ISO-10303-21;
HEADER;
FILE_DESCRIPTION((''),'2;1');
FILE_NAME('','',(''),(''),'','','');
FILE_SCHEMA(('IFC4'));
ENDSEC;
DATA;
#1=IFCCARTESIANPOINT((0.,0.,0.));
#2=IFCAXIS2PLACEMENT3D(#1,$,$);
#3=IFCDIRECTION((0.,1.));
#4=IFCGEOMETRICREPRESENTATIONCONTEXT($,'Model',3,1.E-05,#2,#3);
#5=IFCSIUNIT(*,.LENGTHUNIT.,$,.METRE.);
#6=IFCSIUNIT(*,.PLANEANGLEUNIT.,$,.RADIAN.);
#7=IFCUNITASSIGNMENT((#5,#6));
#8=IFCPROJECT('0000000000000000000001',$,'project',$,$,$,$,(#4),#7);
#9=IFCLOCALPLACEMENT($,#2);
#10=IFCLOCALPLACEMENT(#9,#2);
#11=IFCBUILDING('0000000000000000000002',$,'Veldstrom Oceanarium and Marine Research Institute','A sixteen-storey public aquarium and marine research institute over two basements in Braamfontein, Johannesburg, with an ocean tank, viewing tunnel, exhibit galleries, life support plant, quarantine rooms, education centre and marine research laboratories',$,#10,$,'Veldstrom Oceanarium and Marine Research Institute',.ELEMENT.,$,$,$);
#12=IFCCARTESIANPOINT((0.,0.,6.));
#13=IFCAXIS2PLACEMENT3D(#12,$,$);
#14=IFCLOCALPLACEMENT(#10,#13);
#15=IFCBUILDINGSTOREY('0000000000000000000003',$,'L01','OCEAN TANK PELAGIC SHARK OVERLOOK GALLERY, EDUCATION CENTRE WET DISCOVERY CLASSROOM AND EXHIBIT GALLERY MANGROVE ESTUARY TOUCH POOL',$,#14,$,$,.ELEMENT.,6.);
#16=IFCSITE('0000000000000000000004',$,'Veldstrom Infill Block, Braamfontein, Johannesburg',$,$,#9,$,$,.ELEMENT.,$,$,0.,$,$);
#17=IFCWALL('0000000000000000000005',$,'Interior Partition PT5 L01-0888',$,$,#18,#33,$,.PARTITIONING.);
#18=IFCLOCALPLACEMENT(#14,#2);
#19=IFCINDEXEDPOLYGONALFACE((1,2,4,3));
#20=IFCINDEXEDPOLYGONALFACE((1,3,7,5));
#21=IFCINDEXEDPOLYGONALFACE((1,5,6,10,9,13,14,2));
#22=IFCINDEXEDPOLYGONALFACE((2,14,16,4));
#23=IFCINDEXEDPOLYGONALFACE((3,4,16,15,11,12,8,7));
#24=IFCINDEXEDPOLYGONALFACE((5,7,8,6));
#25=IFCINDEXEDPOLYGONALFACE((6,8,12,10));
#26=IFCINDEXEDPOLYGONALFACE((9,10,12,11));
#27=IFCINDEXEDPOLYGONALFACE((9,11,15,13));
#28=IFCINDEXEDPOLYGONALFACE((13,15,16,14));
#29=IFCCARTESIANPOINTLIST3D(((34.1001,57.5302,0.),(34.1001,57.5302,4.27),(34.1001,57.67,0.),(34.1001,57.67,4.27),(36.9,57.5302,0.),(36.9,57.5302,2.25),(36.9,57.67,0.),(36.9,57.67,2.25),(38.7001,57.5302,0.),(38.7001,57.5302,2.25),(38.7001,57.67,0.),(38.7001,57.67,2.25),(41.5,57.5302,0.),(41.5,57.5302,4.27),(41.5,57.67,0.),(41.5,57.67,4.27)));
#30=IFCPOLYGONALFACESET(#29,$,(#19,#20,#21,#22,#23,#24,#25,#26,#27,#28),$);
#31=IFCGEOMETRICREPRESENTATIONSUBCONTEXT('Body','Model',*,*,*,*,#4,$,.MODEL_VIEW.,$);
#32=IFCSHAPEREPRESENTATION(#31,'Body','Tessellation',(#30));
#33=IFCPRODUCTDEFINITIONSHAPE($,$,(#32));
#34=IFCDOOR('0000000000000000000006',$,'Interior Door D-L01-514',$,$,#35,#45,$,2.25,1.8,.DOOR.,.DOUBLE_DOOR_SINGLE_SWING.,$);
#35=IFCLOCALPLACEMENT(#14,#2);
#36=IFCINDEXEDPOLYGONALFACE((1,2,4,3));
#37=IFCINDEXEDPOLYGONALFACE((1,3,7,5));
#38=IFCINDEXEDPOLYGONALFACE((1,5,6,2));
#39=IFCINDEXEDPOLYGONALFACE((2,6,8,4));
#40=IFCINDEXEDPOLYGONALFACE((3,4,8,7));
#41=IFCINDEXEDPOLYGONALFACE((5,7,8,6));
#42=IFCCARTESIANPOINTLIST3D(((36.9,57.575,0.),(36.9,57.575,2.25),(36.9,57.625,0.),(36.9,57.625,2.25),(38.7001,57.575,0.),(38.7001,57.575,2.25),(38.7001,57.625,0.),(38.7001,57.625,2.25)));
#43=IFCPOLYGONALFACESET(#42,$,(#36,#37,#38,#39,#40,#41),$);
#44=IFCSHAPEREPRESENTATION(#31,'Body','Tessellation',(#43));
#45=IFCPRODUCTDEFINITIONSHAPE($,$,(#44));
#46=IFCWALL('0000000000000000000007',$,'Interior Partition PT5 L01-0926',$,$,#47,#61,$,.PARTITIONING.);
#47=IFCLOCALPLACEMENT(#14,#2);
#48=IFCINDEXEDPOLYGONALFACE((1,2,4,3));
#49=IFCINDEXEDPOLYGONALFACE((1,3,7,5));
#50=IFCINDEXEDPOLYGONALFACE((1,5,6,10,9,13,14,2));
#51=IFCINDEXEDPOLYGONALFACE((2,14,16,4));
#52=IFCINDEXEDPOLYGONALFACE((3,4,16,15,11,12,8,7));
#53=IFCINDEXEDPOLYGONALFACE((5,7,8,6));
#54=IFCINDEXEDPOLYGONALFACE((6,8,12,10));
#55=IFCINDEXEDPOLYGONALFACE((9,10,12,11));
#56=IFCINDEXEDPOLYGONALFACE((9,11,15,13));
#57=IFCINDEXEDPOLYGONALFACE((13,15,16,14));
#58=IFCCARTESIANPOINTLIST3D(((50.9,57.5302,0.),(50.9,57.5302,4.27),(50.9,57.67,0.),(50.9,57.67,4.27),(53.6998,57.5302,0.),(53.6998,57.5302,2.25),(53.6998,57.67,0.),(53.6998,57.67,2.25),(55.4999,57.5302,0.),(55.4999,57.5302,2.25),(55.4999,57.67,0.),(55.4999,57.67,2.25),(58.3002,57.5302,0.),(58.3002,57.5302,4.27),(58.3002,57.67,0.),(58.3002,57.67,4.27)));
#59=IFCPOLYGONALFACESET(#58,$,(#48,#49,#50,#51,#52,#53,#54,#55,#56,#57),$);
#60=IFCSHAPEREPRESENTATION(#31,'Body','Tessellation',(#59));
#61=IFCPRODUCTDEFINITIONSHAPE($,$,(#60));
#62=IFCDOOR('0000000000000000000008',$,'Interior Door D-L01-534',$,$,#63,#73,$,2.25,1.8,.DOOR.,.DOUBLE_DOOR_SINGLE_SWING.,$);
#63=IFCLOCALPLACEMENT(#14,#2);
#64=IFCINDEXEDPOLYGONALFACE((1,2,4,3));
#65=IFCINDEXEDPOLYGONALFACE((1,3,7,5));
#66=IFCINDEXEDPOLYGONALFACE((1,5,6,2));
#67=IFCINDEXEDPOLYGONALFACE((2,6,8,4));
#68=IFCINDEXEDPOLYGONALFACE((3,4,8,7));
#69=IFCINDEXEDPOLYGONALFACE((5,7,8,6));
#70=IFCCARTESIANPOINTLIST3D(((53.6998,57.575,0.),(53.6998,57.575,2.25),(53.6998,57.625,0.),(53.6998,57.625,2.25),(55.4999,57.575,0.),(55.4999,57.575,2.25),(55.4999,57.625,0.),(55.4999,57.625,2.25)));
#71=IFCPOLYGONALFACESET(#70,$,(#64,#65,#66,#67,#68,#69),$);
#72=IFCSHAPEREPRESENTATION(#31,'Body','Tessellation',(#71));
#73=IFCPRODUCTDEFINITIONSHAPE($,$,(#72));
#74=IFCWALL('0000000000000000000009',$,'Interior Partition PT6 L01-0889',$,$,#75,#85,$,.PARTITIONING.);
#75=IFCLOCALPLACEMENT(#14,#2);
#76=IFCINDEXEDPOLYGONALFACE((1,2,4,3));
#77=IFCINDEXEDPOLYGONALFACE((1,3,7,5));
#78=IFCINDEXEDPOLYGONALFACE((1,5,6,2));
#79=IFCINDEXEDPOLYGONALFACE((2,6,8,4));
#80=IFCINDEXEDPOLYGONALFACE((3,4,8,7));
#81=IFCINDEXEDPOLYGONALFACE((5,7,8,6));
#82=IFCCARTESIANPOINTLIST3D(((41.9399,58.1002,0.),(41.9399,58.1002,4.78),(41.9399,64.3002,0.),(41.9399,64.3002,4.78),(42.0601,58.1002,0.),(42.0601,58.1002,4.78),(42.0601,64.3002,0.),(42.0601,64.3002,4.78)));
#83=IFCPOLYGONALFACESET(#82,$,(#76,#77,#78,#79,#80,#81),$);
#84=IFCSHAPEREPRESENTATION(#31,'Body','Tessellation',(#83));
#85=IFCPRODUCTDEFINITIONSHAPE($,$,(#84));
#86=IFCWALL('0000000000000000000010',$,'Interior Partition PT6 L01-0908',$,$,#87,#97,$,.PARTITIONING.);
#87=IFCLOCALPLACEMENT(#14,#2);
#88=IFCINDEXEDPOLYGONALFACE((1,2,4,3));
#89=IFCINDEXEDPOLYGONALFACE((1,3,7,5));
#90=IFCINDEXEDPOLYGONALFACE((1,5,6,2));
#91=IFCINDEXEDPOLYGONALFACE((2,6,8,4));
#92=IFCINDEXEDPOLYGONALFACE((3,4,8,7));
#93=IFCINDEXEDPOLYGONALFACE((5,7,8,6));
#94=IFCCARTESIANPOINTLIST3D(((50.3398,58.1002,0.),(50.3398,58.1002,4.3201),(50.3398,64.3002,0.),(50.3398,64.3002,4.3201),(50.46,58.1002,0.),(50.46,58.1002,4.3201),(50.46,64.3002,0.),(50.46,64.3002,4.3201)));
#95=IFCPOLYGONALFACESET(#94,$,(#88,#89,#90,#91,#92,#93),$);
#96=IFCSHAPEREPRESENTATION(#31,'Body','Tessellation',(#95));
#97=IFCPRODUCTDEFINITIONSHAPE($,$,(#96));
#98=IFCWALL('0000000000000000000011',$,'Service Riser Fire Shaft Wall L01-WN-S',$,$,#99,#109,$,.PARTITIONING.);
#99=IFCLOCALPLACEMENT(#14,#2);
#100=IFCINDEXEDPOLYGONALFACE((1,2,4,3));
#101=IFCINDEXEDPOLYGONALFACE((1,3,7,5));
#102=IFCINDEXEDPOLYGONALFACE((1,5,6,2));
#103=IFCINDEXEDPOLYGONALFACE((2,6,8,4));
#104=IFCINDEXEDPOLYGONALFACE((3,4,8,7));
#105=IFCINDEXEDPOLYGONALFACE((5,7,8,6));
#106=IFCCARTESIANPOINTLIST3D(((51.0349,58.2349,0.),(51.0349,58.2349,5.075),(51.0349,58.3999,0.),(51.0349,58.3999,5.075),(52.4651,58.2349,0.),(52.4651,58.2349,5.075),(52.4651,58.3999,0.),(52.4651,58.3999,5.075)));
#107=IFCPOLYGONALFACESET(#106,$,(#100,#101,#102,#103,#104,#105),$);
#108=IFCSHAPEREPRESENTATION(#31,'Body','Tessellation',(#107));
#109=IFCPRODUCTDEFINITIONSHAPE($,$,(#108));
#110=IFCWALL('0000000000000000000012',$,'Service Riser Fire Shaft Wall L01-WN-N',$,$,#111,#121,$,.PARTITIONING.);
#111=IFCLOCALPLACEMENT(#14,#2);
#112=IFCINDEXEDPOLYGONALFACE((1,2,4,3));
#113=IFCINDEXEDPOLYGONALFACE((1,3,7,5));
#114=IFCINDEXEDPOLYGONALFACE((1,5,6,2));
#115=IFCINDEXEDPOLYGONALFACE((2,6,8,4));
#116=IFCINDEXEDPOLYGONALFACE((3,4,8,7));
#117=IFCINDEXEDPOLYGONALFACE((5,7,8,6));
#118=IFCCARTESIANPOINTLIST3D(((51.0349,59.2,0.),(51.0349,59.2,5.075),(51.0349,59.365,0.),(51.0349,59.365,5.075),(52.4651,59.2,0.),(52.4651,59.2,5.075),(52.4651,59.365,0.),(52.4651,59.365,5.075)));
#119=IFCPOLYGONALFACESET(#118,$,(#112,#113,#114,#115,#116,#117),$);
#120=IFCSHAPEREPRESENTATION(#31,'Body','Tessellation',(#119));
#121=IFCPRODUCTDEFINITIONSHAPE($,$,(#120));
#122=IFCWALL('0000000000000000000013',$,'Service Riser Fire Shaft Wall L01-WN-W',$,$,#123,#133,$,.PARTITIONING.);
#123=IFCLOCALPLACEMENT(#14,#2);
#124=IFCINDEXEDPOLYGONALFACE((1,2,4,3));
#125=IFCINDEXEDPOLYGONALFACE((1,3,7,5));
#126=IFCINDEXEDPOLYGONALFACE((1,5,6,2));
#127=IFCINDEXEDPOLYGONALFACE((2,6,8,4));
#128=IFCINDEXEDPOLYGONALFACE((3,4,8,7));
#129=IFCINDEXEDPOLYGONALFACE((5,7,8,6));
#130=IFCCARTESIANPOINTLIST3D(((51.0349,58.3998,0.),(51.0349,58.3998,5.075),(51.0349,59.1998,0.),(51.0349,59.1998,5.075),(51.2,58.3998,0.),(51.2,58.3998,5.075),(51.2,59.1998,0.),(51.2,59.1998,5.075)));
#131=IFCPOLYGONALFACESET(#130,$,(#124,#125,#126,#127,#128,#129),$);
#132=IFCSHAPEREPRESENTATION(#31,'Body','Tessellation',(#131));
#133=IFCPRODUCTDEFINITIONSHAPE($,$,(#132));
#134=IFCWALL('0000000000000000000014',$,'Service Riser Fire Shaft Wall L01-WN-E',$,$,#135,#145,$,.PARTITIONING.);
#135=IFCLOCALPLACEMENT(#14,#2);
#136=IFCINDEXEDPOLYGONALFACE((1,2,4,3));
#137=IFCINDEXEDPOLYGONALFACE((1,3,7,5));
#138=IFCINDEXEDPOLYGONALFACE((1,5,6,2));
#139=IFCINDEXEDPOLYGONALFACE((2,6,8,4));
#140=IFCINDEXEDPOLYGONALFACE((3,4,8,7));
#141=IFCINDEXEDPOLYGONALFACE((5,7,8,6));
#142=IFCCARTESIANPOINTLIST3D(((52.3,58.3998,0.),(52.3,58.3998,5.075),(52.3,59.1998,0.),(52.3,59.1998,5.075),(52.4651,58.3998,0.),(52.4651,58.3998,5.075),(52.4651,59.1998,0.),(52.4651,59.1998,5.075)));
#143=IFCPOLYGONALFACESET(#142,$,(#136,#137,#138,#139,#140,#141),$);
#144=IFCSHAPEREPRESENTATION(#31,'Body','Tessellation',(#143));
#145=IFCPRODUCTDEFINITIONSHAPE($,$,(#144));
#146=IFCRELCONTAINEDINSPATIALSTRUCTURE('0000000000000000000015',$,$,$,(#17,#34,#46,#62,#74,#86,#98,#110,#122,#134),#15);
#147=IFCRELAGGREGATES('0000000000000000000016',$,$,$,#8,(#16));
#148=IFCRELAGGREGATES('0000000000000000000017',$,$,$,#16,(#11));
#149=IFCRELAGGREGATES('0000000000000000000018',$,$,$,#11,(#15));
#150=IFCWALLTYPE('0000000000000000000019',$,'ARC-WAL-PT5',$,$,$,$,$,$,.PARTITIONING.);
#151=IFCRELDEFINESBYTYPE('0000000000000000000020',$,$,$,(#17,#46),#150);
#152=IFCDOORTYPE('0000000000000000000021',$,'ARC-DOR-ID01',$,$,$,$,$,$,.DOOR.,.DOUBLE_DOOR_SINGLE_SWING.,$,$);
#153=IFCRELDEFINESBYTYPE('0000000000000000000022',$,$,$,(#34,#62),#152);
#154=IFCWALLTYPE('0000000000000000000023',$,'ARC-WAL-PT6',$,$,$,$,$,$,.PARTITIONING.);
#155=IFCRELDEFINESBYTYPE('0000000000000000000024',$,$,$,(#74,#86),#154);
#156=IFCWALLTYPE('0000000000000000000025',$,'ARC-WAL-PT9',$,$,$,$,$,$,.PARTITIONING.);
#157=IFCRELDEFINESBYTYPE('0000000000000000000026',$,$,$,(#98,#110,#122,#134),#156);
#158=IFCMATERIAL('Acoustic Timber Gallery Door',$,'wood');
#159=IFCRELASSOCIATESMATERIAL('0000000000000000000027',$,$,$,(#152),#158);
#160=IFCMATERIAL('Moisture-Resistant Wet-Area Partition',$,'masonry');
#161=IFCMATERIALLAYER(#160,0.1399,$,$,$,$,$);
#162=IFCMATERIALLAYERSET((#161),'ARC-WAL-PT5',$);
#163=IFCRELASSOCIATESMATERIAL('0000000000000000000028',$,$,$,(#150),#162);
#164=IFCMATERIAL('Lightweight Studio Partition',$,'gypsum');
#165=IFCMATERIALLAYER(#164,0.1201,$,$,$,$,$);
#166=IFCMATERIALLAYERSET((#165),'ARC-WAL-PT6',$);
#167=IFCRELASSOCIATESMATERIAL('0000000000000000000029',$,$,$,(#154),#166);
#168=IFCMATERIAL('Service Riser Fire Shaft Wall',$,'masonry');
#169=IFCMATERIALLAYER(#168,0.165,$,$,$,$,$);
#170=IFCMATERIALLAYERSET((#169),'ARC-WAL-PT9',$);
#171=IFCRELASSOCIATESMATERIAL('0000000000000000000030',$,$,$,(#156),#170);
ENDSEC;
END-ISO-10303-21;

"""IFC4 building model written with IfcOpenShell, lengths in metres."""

from ifc_helpers import new_model, si_unit, direction, frame, frame_2d, origin, place, context, subcontext, project, spatial, rectangle, extrude, material, layer, layer_set, type_object, element, fill, save


model = new_model("IFC4")

# Units and contexts
model_context = context("Model", 3, precision=1e-05, world=origin(), true_north=direction((0.0, 1.0)))
body_context = subcontext(model_context, "Body", "Model", "MODEL_VIEW")
ifc_project = project(units=[si_unit("LENGTHUNIT", "METRE"), si_unit("PLANEANGLEUNIT", "RADIAN")], contexts=[model_context])

# Site, building, storey
site_placement = place(None, origin())
site = spatial("IfcSite", under=ifc_project, at=site_placement, Name="Veldstrom Infill Block, Braamfontein, Johannesburg", CompositionType="ELEMENT", RefElevation=0.0)
building_placement = place(site_placement, origin())
building = spatial("IfcBuilding", under=site, at=building_placement, Name="Veldstrom Oceanarium and Marine Research Institute", Description="A sixteen-storey public aquarium and marine research institute over two basements in Braamfontein, Johannesburg, with an ocean tank, viewing tunnel, exhibit galleries, life support plant, quarantine rooms, education centre and marine research laboratories", LongName="Veldstrom Oceanarium and Marine Research Institute", CompositionType="ELEMENT")
storey_placement = place(building_placement, frame((0.0, 0.0, 6.0)))
storey = spatial("IfcBuildingStorey", under=building, at=storey_placement, Name="L01", Description="OCEAN TANK PELAGIC SHARK OVERLOOK GALLERY, EDUCATION CENTRE WET DISCOVERY CLASSROOM AND EXHIBIT GALLERY MANGROVE ESTUARY TOUCH POOL", CompositionType="ELEMENT", Elevation=6.0)

# Walls, openings, doors
ifc_material_1 = material(Name="Acoustic Timber Gallery Door", Category="wood")
door_type_1 = type_object("IfcDoorType", Name="ARC-DOR-ID01", OperationType="DOUBLE_DOOR_SINGLE_SWING", PredefinedType="DOOR", material=ifc_material_1)
ifc_material_2 = material(Name="Moisture-Resistant Wet-Area Partition", Category="masonry")
ifc_layer_1 = layer(ifc_material_2, 0.1399)
ifc_layer_set_1 = layer_set([ifc_layer_1], Name="ARC-WAL-PT5")
wall_type_1 = type_object("IfcWallType", Name="ARC-WAL-PT5", PredefinedType="PARTITIONING", material=ifc_layer_set_1)
wall_1_placement = place(storey_placement, frame((34.1001, 57.6001, 0.0), z_axis=(0.0, 0.0, 1.0), x_axis=(1.0, 0.0, 0.0)))
wall_1 = element("IfcWall", 1, at=wall_1_placement, inside=storey, type_object=wall_type_1, Name="Interior Partition PT5 L01-0888", PredefinedType="PARTITIONING", context=body_context, shape_type="SweptSolid", body=[
    extrude(rectangle(XDim=7.3999, YDim=0.1399, at=frame_2d((3.7, 0.0))), origin(), (0.0, 0.0, 1.0), 4.27),
])
opening_1_placement = place(wall_1_placement, frame((2.8, 0.0, 0.0)))
opening_1 = element("IfcOpeningElement", 2, at=opening_1_placement, cuts=wall_1, PredefinedType="OPENING", context=body_context, shape_type="SweptSolid", body=[
    extrude(rectangle(XDim=1.8, YDim=2.25, at=frame_2d((0.8999, 1.125))), frame((0.0, 0.0798, 0.0), z_axis=(0.0, -1.0, 0.0), x_axis=(1.0, 0.0, 0.0)), (0.0, 0.0, 1.0), 0.1599),
])
door_1_placement = place(opening_1_placement, origin())
door_1 = element("IfcDoor", 3, at=door_1_placement, inside=storey, type_object=door_type_1, Name="Interior Door D-L01-514", OperationType="DOUBLE_DOOR_SINGLE_SWING", OverallHeight=2.25, OverallWidth=1.8, PredefinedType="DOOR", context=body_context, shape_type="SweptSolid", body=[
    extrude(rectangle(XDim=1.8, YDim=2.25, at=frame_2d((0.8999, 1.125))), frame((0.0, 0.0249, 0.0), z_axis=(0.0, -1.0, 0.0), x_axis=(1.0, 0.0, 0.0)), (0.0, 0.0, 1.0), 0.05),
])
fill(opening_1, door_1)
wall_2_placement = place(storey_placement, frame((50.8999, 57.6001, 0.0), z_axis=(0.0, 0.0, 1.0), x_axis=(1.0, 0.0, 0.0)))
wall_2 = element("IfcWall", 4, at=wall_2_placement, inside=storey, type_object=wall_type_1, Name="Interior Partition PT5 L01-0926", PredefinedType="PARTITIONING", context=body_context, shape_type="SweptSolid", body=[
    extrude(rectangle(XDim=7.4001, YDim=0.1399, at=frame_2d((3.7002, 0.0))), origin(), (0.0, 0.0, 1.0), 4.27),
])
opening_2_placement = place(wall_2_placement, frame((2.8, 0.0, 0.0)))
opening_2 = element("IfcOpeningElement", 5, at=opening_2_placement, cuts=wall_2, PredefinedType="OPENING", context=body_context, shape_type="SweptSolid", body=[
    extrude(rectangle(XDim=1.8, YDim=2.25, at=frame_2d((0.8999, 1.125))), frame((0.0, 0.0798, 0.0), z_axis=(0.0, -1.0, 0.0), x_axis=(1.0, 0.0, 0.0)), (0.0, 0.0, 1.0), 0.1599),
])
door_2_placement = place(opening_2_placement, origin())
door_2 = element("IfcDoor", 6, at=door_2_placement, inside=storey, type_object=door_type_1, Name="Interior Door D-L01-534", OperationType="DOUBLE_DOOR_SINGLE_SWING", OverallHeight=2.25, OverallWidth=1.8, PredefinedType="DOOR", context=body_context, shape_type="SweptSolid", body=[
    extrude(rectangle(XDim=1.8, YDim=2.25, at=frame_2d((0.8999, 1.125))), frame((0.0, 0.0249, 0.0), z_axis=(0.0, -1.0, 0.0), x_axis=(1.0, 0.0, 0.0)), (0.0, 0.0, 1.0), 0.05),
])
fill(opening_2, door_2)

# Walls
ifc_material_3 = material(Name="Lightweight Studio Partition", Category="gypsum")
ifc_layer_2 = layer(ifc_material_3, 0.1201)
ifc_layer_set_2 = layer_set([ifc_layer_2], Name="ARC-WAL-PT6")
wall_type_2 = type_object("IfcWallType", Name="ARC-WAL-PT6", PredefinedType="PARTITIONING", material=ifc_layer_set_2)
wall_3_placement = place(storey_placement, frame((42.0, 58.1001, 0.0), z_axis=(0.0, 0.0, 1.0), x_axis=(0.0, 1.0, 0.0)))
element("IfcWall", 7, at=wall_3_placement, inside=storey, type_object=wall_type_2, Name="Interior Partition PT6 L01-0889", PredefinedType="PARTITIONING", context=body_context, shape_type="SweptSolid", body=[
    extrude(rectangle(XDim=6.2, YDim=0.1201, at=frame_2d((3.1001, 0.0))), origin(), (0.0, 0.0, 1.0), 4.78),
])
wall_4_placement = place(storey_placement, frame((50.3999, 58.1001, 0.0), z_axis=(0.0, 0.0, 1.0), x_axis=(0.0, 1.0, 0.0)))
element("IfcWall", 8, at=wall_4_placement, inside=storey, type_object=wall_type_2, Name="Interior Partition PT6 L01-0908", PredefinedType="PARTITIONING", context=body_context, shape_type="SweptSolid", body=[
    extrude(rectangle(XDim=6.2, YDim=0.1201, at=frame_2d((3.1001, 0.0))), origin(), (0.0, 0.0, 1.0), 4.3201),
])
ifc_material_4 = material(Name="Service Riser Fire Shaft Wall", Category="masonry")
ifc_layer_3 = layer(ifc_material_4, 0.165)
ifc_layer_set_3 = layer_set([ifc_layer_3], Name="ARC-WAL-PT9")
wall_type_3 = type_object("IfcWallType", Name="ARC-WAL-PT9", PredefinedType="PARTITIONING", material=ifc_layer_set_3)
for number, where, z_axis, x_axis, name in (
    (9, (51.0349, 58.3174, 0.0), (0.0, 0.0, 1.0), (1.0, 0.0, 0.0), "Service Riser Fire Shaft Wall L01-WN-S"),
    (10, (51.0349, 59.2825, 0.0), (0.0, 0.0, 1.0), (1.0, 0.0, 0.0), "Service Riser Fire Shaft Wall L01-WN-N"),
):
    element("IfcWall", number, at=place(storey_placement, frame(where, z_axis=z_axis, x_axis=x_axis)), inside=storey, type_object=wall_type_3, Name=name, PredefinedType="PARTITIONING", context=body_context, shape_type="SweptSolid", body=[
        extrude(rectangle(XDim=1.4302, YDim=0.165, at=frame_2d((0.7151, 0.0))), origin(), (0.0, 0.0, 1.0), 5.075),
    ])
for number, where, z_axis, x_axis, name in (
    (11, (51.1174, 58.3999, 0.0), (0.0, 0.0, 1.0), (0.0, 1.0, 0.0), "Service Riser Fire Shaft Wall L01-WN-W"),
    (12, (52.3826, 58.3999, 0.0), (0.0, 0.0, 1.0), (0.0, 1.0, 0.0), "Service Riser Fire Shaft Wall L01-WN-E"),
):
    element("IfcWall", number, at=place(storey_placement, frame(where, z_axis=z_axis, x_axis=x_axis)), inside=storey, type_object=wall_type_3, Name=name, PredefinedType="PARTITIONING", context=body_context, shape_type="SweptSolid", body=[
        extrude(rectangle(XDim=0.8, YDim=0.165, at=frame_2d((0.3999, 0.0))), origin(), (0.0, 0.0, 1.0), 5.075),
    ])

save(model, "model.ifc")
